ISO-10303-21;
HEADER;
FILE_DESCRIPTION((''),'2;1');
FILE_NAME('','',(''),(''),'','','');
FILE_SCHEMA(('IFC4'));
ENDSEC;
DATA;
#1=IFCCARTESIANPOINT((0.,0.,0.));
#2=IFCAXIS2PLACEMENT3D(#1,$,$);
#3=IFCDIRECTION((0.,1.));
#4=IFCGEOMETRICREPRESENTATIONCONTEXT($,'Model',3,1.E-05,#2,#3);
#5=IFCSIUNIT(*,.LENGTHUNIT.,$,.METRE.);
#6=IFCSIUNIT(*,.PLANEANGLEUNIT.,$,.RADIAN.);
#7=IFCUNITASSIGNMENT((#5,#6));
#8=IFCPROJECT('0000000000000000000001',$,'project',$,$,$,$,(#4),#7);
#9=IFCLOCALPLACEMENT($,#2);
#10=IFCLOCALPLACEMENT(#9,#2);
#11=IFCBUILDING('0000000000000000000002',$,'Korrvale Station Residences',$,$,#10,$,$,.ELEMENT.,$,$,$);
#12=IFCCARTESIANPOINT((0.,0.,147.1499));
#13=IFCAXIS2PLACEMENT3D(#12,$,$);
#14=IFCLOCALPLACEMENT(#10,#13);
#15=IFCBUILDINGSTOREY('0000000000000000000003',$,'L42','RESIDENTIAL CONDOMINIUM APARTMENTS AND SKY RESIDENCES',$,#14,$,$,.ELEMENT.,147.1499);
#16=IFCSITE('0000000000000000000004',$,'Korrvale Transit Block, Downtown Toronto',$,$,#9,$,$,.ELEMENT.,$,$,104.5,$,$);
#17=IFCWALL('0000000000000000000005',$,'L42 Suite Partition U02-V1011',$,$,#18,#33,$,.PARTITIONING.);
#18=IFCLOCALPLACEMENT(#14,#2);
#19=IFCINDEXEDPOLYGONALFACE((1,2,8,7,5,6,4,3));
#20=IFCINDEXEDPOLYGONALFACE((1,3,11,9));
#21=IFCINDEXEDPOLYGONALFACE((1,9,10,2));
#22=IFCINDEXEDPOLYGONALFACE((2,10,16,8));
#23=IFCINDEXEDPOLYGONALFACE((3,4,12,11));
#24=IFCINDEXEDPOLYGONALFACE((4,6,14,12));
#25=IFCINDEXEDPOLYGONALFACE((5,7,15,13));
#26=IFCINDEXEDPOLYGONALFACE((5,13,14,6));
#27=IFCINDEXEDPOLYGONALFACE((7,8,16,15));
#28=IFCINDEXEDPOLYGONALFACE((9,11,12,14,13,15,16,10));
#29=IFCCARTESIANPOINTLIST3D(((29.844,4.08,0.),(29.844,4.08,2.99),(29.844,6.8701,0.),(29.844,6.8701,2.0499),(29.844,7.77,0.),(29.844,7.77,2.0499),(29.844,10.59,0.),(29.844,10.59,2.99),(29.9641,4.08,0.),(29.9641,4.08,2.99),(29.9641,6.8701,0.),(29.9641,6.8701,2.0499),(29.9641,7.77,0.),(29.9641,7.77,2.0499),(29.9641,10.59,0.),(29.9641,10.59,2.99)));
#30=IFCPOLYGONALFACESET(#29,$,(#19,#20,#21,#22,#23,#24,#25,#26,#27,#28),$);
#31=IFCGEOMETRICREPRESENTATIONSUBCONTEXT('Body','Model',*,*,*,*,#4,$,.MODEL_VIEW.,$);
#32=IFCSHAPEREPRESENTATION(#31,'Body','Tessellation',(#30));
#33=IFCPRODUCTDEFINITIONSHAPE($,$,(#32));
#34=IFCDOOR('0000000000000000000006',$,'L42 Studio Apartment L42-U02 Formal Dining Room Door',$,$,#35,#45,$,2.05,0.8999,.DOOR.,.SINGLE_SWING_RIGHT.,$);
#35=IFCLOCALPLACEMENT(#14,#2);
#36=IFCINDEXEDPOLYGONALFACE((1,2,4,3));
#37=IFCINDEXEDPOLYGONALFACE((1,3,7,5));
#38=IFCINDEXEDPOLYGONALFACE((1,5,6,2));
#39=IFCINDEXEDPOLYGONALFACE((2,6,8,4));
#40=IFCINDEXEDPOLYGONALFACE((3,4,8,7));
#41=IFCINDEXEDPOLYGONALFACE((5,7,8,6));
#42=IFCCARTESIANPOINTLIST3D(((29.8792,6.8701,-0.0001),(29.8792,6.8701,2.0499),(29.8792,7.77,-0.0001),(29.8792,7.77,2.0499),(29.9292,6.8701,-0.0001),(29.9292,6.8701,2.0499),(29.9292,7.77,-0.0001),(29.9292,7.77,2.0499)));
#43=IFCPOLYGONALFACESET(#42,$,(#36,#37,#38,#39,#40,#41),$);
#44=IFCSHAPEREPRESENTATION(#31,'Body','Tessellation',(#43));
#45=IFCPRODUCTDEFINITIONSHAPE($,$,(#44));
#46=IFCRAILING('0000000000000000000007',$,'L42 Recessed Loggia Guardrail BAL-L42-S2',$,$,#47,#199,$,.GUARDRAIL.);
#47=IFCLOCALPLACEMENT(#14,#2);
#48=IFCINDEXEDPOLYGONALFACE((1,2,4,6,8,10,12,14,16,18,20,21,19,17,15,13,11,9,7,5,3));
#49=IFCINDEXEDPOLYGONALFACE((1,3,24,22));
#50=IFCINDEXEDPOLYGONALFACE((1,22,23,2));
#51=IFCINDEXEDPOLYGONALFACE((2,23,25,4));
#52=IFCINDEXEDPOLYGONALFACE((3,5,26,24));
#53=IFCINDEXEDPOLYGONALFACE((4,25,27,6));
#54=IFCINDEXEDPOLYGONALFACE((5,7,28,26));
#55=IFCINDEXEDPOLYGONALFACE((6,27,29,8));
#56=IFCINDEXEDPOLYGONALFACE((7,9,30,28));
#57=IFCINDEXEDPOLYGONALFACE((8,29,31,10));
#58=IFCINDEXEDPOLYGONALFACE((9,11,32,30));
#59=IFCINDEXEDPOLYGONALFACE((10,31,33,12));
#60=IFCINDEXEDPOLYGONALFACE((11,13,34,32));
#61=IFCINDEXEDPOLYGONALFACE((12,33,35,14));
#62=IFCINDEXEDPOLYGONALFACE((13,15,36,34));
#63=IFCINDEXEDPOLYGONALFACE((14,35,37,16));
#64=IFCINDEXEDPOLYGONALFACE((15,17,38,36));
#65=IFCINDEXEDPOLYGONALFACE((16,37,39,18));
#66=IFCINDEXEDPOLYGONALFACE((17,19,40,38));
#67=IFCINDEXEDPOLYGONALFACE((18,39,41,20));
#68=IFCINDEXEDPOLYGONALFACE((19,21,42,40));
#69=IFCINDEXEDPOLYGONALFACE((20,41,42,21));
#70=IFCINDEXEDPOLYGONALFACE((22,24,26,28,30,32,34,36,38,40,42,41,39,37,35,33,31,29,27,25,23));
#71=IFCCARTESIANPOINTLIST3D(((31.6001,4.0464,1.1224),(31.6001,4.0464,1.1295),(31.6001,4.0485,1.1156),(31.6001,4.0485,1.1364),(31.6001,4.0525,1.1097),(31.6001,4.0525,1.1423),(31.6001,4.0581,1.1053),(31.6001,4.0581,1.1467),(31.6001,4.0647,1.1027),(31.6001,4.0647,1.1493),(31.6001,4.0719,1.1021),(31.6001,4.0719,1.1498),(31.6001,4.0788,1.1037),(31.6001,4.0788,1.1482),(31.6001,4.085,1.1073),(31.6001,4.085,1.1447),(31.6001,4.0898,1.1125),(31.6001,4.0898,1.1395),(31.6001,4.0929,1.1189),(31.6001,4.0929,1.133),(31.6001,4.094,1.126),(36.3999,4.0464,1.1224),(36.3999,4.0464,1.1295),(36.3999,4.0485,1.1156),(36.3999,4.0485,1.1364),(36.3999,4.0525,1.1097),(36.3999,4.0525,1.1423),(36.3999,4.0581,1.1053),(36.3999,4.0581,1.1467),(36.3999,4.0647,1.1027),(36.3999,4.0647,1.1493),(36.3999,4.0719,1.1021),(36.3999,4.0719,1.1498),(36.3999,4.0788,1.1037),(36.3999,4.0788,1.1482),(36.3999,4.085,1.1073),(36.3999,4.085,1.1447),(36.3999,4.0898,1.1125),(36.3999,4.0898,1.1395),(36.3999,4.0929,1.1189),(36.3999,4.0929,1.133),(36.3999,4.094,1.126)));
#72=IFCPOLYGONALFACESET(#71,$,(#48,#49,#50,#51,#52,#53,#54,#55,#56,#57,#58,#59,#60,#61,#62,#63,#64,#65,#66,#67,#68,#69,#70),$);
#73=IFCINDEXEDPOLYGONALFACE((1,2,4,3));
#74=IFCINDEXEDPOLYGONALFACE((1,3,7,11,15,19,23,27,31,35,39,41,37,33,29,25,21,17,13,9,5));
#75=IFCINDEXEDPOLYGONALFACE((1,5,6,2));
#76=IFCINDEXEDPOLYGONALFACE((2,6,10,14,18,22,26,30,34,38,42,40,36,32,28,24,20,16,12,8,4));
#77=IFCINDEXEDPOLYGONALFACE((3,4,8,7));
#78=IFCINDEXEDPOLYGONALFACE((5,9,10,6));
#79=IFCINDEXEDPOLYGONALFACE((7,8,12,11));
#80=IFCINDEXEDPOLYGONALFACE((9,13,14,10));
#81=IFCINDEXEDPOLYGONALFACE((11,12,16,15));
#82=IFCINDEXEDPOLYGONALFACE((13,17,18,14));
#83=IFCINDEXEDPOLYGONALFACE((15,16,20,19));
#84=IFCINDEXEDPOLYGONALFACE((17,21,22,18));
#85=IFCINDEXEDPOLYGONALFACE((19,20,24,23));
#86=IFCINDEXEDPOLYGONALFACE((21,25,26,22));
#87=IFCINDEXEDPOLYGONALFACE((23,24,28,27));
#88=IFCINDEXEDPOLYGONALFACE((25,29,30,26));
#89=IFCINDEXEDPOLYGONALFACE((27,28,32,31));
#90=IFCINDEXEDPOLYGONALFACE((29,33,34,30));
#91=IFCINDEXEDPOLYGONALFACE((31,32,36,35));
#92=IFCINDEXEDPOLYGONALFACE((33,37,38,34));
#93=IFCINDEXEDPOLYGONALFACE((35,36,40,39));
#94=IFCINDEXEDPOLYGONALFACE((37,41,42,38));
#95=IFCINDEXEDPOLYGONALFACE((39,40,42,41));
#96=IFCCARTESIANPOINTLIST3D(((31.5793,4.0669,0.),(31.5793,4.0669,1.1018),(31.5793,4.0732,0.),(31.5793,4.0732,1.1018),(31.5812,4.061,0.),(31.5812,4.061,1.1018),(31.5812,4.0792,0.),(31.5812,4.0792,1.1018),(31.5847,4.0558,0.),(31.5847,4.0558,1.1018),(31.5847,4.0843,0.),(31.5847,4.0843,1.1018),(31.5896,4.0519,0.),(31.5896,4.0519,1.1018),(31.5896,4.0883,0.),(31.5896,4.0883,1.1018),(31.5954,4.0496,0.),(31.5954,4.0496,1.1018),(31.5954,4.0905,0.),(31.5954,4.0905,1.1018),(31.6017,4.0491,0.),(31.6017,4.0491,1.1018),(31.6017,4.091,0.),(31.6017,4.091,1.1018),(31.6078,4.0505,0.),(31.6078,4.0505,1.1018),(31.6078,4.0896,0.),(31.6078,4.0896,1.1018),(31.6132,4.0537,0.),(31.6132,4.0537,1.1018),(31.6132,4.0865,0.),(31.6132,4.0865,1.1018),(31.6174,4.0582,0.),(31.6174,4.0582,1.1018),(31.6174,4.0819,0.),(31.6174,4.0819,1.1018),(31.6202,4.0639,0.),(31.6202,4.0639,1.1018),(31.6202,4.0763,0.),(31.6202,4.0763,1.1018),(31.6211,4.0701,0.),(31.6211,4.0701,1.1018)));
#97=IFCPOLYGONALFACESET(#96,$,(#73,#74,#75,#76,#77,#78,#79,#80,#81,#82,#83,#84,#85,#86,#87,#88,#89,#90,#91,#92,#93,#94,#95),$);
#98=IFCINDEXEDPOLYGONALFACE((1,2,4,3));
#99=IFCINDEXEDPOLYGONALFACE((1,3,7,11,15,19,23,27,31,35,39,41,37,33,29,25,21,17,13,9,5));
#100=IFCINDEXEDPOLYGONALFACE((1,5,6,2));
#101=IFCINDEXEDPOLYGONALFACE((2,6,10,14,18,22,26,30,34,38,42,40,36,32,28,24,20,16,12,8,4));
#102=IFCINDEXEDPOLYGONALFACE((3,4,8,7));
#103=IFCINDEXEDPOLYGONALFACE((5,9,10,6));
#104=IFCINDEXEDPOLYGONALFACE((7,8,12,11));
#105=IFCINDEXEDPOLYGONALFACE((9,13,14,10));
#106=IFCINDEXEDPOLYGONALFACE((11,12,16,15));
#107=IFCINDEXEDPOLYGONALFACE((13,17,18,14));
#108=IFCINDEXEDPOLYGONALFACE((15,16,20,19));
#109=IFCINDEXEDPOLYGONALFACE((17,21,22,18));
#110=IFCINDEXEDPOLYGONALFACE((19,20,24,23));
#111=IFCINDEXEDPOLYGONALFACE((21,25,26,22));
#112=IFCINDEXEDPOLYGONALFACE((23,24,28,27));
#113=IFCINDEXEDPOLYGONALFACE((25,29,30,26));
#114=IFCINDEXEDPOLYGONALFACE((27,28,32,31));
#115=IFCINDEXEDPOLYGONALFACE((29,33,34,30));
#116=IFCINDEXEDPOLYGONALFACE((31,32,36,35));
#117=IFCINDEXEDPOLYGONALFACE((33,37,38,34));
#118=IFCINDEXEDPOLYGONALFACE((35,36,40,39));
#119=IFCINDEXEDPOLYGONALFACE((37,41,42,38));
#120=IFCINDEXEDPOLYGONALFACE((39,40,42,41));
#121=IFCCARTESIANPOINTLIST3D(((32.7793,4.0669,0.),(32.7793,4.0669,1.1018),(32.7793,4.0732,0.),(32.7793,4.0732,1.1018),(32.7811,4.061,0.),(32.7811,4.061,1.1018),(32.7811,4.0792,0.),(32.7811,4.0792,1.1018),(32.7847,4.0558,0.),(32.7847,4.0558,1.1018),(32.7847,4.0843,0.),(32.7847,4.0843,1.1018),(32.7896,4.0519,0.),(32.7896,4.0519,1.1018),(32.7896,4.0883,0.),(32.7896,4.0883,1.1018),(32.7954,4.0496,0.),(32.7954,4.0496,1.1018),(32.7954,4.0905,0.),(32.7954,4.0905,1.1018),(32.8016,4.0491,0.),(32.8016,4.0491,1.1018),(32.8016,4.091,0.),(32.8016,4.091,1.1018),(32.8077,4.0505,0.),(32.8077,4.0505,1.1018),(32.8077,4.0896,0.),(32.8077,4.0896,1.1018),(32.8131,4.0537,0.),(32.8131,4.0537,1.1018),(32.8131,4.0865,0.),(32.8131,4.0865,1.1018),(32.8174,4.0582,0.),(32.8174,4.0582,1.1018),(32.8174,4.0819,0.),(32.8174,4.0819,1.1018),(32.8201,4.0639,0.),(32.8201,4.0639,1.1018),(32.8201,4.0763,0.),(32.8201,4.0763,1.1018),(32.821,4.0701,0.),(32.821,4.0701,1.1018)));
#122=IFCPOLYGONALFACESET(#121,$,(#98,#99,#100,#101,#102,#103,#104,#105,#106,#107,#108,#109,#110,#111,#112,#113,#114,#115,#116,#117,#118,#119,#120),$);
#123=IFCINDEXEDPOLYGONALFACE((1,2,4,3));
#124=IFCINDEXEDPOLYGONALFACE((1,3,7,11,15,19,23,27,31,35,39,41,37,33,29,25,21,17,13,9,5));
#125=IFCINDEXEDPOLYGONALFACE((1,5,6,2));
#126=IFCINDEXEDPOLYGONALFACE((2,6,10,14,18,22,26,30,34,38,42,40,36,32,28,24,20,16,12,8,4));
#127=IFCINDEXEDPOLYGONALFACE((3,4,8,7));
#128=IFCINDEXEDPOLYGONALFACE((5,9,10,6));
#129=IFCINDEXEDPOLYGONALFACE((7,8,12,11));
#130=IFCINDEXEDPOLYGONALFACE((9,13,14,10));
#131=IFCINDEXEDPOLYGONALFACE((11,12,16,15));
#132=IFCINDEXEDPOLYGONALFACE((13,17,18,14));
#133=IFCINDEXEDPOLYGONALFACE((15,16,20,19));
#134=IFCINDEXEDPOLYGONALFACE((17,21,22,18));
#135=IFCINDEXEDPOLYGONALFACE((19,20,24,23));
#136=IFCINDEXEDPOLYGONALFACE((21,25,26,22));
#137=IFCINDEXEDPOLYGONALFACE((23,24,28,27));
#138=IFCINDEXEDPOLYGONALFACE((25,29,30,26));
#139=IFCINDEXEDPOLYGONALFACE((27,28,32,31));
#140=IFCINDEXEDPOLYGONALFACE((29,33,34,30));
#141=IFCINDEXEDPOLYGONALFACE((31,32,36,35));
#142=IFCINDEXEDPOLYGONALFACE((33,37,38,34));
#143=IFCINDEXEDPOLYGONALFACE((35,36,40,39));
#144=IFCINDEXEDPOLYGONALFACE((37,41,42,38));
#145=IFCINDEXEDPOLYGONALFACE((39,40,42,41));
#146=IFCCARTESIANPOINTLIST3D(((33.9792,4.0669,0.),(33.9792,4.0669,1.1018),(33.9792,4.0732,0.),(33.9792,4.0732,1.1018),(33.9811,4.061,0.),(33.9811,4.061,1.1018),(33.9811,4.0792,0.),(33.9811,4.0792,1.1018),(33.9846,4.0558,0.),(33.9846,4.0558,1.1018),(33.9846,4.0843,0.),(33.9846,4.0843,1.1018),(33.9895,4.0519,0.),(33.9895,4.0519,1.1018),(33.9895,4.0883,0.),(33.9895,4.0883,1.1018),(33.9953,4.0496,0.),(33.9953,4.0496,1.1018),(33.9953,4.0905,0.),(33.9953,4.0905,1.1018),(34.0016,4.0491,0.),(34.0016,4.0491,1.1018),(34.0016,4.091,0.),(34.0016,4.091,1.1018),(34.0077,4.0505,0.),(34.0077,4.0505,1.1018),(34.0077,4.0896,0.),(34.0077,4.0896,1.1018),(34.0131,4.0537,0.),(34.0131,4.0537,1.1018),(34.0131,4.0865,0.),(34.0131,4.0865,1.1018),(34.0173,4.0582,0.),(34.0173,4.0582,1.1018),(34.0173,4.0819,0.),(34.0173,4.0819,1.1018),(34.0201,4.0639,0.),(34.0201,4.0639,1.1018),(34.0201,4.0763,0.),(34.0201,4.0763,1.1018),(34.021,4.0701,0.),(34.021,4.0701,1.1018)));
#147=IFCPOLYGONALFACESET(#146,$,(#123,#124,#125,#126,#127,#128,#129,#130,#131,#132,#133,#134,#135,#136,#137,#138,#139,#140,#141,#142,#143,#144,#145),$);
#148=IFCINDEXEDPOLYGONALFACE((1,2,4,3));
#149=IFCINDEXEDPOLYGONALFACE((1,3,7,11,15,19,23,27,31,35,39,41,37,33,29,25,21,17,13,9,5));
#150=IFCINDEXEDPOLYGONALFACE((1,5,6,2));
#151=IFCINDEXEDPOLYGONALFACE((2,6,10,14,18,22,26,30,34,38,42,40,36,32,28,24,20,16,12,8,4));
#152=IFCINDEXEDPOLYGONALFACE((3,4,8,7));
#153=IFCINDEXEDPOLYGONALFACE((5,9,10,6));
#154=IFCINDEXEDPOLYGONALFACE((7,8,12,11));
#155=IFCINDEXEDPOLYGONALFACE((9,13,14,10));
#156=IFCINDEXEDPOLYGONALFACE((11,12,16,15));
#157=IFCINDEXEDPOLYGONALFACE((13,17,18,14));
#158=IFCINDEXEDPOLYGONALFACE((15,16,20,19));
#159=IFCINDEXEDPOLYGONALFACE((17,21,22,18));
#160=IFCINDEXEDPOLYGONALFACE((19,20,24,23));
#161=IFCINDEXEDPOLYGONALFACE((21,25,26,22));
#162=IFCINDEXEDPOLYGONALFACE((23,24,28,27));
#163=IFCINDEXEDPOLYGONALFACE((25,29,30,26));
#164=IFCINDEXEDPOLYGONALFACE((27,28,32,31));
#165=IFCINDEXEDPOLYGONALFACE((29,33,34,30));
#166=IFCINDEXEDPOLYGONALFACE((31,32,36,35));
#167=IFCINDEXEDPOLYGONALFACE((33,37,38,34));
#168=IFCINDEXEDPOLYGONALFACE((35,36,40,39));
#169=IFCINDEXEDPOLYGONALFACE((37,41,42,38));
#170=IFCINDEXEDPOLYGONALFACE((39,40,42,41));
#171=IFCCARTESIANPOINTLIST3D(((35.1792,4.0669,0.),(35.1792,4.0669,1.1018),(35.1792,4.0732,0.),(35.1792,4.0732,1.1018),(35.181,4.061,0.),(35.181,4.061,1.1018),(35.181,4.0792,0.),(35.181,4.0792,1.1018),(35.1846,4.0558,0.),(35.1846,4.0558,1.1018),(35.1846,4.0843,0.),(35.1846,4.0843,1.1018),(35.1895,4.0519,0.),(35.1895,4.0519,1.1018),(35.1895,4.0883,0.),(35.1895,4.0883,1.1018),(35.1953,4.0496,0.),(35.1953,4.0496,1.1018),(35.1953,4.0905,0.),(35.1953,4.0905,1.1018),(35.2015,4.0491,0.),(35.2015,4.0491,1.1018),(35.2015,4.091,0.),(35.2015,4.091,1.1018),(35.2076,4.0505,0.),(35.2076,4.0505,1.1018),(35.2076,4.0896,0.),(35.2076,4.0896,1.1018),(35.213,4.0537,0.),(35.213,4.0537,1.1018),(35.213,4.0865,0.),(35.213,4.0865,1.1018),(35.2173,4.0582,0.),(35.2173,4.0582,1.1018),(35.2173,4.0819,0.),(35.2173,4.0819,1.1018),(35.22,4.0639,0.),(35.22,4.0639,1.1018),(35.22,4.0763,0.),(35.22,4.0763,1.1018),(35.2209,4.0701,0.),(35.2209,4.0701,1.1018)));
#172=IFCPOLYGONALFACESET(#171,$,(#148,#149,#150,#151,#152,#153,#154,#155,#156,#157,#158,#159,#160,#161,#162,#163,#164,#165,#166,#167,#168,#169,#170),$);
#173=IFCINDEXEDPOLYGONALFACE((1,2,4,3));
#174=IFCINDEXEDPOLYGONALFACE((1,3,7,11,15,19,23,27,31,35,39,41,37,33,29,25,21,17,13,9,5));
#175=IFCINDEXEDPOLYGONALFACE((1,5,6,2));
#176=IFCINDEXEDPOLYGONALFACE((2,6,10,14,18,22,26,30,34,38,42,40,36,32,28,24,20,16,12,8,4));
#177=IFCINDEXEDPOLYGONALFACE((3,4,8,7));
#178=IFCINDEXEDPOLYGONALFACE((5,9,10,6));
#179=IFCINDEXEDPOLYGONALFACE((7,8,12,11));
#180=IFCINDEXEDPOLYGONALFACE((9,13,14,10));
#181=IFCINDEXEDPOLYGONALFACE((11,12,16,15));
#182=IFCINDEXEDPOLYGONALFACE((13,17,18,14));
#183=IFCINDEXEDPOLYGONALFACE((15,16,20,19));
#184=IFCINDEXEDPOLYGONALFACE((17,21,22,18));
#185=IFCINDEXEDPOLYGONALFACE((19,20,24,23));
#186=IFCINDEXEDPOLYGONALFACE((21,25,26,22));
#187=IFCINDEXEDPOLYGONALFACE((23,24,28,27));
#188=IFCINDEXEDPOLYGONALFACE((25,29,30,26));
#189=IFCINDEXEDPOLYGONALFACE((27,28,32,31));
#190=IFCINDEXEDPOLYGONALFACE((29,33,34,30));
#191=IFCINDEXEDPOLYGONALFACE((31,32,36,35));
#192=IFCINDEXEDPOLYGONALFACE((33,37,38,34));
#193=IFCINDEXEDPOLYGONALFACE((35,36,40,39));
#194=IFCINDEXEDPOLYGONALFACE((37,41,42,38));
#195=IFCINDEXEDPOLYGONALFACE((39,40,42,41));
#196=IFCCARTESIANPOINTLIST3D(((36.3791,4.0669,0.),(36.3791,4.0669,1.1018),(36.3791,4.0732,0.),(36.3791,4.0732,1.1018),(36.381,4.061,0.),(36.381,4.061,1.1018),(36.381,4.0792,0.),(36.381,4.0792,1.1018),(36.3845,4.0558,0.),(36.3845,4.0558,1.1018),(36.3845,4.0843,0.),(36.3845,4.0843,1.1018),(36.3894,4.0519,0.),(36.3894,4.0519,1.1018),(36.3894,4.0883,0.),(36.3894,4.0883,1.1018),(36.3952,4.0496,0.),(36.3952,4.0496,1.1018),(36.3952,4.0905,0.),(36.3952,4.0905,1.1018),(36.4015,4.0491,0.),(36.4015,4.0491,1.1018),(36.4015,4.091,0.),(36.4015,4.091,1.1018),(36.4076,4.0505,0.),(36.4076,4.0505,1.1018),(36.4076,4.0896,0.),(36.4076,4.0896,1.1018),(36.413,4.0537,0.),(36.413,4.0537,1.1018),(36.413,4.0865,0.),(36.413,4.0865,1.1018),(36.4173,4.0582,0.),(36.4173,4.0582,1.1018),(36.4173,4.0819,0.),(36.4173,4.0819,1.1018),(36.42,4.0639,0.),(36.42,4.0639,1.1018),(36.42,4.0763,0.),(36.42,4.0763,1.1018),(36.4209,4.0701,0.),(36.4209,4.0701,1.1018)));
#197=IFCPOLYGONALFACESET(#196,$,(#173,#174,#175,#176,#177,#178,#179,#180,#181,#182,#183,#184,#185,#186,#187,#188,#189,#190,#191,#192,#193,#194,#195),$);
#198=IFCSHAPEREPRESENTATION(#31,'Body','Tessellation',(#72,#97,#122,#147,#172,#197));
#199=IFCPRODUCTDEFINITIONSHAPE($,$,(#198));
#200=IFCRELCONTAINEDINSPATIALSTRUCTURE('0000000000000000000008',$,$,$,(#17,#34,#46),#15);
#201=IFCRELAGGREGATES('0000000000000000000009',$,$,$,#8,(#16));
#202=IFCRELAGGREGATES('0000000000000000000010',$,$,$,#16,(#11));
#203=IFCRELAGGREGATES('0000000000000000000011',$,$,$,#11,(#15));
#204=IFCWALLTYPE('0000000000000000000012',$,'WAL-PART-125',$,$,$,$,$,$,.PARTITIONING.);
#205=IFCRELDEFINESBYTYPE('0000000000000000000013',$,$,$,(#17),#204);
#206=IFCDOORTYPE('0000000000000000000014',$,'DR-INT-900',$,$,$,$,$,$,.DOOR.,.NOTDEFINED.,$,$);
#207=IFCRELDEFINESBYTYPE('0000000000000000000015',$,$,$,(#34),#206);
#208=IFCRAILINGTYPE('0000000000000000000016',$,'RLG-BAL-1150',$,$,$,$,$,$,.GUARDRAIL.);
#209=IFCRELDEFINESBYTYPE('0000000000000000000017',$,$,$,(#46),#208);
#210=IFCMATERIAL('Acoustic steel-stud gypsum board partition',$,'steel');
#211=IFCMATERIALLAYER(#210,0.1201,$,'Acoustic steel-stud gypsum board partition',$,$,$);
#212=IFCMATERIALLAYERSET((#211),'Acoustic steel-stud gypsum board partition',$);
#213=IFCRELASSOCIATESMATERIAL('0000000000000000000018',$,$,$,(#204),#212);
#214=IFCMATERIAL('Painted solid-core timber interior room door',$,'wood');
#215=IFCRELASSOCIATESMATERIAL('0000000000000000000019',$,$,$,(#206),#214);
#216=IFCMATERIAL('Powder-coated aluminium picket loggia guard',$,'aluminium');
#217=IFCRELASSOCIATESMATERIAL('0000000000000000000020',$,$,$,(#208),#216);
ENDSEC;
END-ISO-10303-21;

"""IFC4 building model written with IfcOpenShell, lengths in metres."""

from ifc_helpers import new_model, si_unit, direction, frame, frame_2d, origin, origin_2d, place, context, subcontext, project, spatial, rectangle, circle, extrude, material, layer, layer_set, type_object, element, fill, save


model = new_model("IFC4")

# Units and contexts
model_context = context("Model", 3, precision=1e-05, world=origin(), true_north=direction((0.0, 1.0)))
body_context = subcontext(model_context, "Body", "Model", "MODEL_VIEW")
ifc_project = project(units=[si_unit("LENGTHUNIT", "METRE"), si_unit("PLANEANGLEUNIT", "RADIAN")], contexts=[model_context])

# Site, building, storey
site_placement = place(None, origin())
site = spatial("IfcSite", under=ifc_project, at=site_placement, Name="Korrvale Transit Block, Downtown Toronto", CompositionType="ELEMENT", RefElevation=104.5)
building_placement = place(site_placement, origin())
building = spatial("IfcBuilding", under=site, at=building_placement, Name="Korrvale Station Residences", CompositionType="ELEMENT")
storey_placement = place(building_placement, frame((0.0, 0.0, 147.1499)))
storey = spatial("IfcBuildingStorey", under=building, at=storey_placement, Name="L42", Description="RESIDENTIAL CONDOMINIUM APARTMENTS AND SKY RESIDENCES", CompositionType="ELEMENT", Elevation=147.1499)

# Shared definitions
ifc_material_1 = material(Name="Acoustic steel-stud gypsum board partition", Category="steel")
ifc_layer_1 = layer(ifc_material_1, 0.1201, Name="Acoustic steel-stud gypsum board partition")
ifc_layer_set_1 = layer_set([ifc_layer_1], Name="Acoustic steel-stud gypsum board partition")
wall_type_1 = type_object("IfcWallType", Name="WAL-PART-125", PredefinedType="PARTITIONING", material=ifc_layer_set_1)

# Wall, opening, door
ifc_material_2 = material(Name="Painted solid-core timber interior room door", Category="wood")
door_type = type_object("IfcDoorType", Name="DR-INT-900", OperationType="NOTDEFINED", PredefinedType="DOOR", material=ifc_material_2)
wall_1_placement = place(storey_placement, frame((29.9041, 4.0801, 0.0), z_axis=(0.0, 0.0, 1.0), x_axis=(0.0, 1.0, 0.0)))
wall_1 = element("IfcWall", 1, at=wall_1_placement, inside=storey, type_object=wall_type_1, Name="L42 Suite Partition U02-V1011", PredefinedType="PARTITIONING", context=body_context, shape_type="SweptSolid", body=[
    extrude(rectangle(XDim=6.51, YDim=0.1201, at=frame_2d((3.2549, 0.0))), origin(), (0.0, 0.0, 1.0), 2.99),
])
opening_1_placement = place(wall_1_placement, frame((2.79, 0.0, 0.0)))
opening_1 = element("IfcOpeningElement", 2, at=opening_1_placement, cuts=wall_1, PredefinedType="OPENING", context=body_context, shape_type="SweptSolid", body=[
    extrude(rectangle(XDim=0.8999, YDim=2.05, at=frame_2d((0.45, 1.0249))), frame((0.0, 0.0701, 0.0), z_axis=(0.0, -1.0, 0.0), x_axis=(1.0, 0.0, 0.0)), (0.0, 0.0, 1.0), 0.1401),
])
door_1_placement = place(opening_1_placement, origin())
door_1 = element("IfcDoor", 3, at=door_1_placement, inside=storey, type_object=door_type, Name="L42 Studio Apartment L42-U02 Formal Dining Room Door", OperationType="SINGLE_SWING_RIGHT", OverallHeight=2.05, OverallWidth=0.8999, PredefinedType="DOOR", context=body_context, shape_type="SweptSolid", body=[
    extrude(rectangle(XDim=0.8999, YDim=2.05, at=frame_2d((0.45, 1.0249))), frame((0.0, 0.0249, 0.0), z_axis=(0.0, -1.0, 0.0), x_axis=(1.0, 0.0, 0.0)), (0.0, 0.0, 1.0), 0.05),
])
fill(opening_1, door_1)

# Railing
ifc_material_3 = material(Name="Powder-coated aluminium picket loggia guard", Category="aluminium")
railing_type = type_object("IfcRailingType", Name="RLG-BAL-1150", PredefinedType="GUARDRAIL", material=ifc_material_3)
railing_placement = place(storey_placement, frame((31.6001, 4.0701, 0.0)))
element("IfcRailing", 4, at=railing_placement, inside=storey, type_object=railing_type, Name="L42 Recessed Loggia Guardrail BAL-L42-S2", PredefinedType="GUARDRAIL", context=body_context, shape_type="SweptSolid", body=[
    extrude(circle(Radius=0.0239, at=origin_2d()), frame((0.0, 0.0, 1.126), z_axis=(1.0, 0.0, 0.0), x_axis=(0.0, 1.0, 0.0)), (0.0, 0.0, 1.0), 4.7998),
    extrude(circle(Radius=0.021, at=origin_2d()), origin(), (0.0, 0.0, 1.0), 1.1018),
    extrude(circle(Radius=0.021, at=origin_2d()), frame((1.2, 0.0, 0.0)), (0.0, 0.0, 1.0), 1.1018),
    extrude(circle(Radius=0.021, at=origin_2d()), frame((2.3999, 0.0, 0.0)), (0.0, 0.0, 1.0), 1.1018),
    extrude(circle(Radius=0.021, at=origin_2d()), frame((3.5999, 0.0, 0.0)), (0.0, 0.0, 1.0), 1.1018),
    extrude(circle(Radius=0.021, at=origin_2d()), frame((4.7998, 0.0, 0.0)), (0.0, 0.0, 1.0), 1.1018),
])

save(model, "model.ifc")
